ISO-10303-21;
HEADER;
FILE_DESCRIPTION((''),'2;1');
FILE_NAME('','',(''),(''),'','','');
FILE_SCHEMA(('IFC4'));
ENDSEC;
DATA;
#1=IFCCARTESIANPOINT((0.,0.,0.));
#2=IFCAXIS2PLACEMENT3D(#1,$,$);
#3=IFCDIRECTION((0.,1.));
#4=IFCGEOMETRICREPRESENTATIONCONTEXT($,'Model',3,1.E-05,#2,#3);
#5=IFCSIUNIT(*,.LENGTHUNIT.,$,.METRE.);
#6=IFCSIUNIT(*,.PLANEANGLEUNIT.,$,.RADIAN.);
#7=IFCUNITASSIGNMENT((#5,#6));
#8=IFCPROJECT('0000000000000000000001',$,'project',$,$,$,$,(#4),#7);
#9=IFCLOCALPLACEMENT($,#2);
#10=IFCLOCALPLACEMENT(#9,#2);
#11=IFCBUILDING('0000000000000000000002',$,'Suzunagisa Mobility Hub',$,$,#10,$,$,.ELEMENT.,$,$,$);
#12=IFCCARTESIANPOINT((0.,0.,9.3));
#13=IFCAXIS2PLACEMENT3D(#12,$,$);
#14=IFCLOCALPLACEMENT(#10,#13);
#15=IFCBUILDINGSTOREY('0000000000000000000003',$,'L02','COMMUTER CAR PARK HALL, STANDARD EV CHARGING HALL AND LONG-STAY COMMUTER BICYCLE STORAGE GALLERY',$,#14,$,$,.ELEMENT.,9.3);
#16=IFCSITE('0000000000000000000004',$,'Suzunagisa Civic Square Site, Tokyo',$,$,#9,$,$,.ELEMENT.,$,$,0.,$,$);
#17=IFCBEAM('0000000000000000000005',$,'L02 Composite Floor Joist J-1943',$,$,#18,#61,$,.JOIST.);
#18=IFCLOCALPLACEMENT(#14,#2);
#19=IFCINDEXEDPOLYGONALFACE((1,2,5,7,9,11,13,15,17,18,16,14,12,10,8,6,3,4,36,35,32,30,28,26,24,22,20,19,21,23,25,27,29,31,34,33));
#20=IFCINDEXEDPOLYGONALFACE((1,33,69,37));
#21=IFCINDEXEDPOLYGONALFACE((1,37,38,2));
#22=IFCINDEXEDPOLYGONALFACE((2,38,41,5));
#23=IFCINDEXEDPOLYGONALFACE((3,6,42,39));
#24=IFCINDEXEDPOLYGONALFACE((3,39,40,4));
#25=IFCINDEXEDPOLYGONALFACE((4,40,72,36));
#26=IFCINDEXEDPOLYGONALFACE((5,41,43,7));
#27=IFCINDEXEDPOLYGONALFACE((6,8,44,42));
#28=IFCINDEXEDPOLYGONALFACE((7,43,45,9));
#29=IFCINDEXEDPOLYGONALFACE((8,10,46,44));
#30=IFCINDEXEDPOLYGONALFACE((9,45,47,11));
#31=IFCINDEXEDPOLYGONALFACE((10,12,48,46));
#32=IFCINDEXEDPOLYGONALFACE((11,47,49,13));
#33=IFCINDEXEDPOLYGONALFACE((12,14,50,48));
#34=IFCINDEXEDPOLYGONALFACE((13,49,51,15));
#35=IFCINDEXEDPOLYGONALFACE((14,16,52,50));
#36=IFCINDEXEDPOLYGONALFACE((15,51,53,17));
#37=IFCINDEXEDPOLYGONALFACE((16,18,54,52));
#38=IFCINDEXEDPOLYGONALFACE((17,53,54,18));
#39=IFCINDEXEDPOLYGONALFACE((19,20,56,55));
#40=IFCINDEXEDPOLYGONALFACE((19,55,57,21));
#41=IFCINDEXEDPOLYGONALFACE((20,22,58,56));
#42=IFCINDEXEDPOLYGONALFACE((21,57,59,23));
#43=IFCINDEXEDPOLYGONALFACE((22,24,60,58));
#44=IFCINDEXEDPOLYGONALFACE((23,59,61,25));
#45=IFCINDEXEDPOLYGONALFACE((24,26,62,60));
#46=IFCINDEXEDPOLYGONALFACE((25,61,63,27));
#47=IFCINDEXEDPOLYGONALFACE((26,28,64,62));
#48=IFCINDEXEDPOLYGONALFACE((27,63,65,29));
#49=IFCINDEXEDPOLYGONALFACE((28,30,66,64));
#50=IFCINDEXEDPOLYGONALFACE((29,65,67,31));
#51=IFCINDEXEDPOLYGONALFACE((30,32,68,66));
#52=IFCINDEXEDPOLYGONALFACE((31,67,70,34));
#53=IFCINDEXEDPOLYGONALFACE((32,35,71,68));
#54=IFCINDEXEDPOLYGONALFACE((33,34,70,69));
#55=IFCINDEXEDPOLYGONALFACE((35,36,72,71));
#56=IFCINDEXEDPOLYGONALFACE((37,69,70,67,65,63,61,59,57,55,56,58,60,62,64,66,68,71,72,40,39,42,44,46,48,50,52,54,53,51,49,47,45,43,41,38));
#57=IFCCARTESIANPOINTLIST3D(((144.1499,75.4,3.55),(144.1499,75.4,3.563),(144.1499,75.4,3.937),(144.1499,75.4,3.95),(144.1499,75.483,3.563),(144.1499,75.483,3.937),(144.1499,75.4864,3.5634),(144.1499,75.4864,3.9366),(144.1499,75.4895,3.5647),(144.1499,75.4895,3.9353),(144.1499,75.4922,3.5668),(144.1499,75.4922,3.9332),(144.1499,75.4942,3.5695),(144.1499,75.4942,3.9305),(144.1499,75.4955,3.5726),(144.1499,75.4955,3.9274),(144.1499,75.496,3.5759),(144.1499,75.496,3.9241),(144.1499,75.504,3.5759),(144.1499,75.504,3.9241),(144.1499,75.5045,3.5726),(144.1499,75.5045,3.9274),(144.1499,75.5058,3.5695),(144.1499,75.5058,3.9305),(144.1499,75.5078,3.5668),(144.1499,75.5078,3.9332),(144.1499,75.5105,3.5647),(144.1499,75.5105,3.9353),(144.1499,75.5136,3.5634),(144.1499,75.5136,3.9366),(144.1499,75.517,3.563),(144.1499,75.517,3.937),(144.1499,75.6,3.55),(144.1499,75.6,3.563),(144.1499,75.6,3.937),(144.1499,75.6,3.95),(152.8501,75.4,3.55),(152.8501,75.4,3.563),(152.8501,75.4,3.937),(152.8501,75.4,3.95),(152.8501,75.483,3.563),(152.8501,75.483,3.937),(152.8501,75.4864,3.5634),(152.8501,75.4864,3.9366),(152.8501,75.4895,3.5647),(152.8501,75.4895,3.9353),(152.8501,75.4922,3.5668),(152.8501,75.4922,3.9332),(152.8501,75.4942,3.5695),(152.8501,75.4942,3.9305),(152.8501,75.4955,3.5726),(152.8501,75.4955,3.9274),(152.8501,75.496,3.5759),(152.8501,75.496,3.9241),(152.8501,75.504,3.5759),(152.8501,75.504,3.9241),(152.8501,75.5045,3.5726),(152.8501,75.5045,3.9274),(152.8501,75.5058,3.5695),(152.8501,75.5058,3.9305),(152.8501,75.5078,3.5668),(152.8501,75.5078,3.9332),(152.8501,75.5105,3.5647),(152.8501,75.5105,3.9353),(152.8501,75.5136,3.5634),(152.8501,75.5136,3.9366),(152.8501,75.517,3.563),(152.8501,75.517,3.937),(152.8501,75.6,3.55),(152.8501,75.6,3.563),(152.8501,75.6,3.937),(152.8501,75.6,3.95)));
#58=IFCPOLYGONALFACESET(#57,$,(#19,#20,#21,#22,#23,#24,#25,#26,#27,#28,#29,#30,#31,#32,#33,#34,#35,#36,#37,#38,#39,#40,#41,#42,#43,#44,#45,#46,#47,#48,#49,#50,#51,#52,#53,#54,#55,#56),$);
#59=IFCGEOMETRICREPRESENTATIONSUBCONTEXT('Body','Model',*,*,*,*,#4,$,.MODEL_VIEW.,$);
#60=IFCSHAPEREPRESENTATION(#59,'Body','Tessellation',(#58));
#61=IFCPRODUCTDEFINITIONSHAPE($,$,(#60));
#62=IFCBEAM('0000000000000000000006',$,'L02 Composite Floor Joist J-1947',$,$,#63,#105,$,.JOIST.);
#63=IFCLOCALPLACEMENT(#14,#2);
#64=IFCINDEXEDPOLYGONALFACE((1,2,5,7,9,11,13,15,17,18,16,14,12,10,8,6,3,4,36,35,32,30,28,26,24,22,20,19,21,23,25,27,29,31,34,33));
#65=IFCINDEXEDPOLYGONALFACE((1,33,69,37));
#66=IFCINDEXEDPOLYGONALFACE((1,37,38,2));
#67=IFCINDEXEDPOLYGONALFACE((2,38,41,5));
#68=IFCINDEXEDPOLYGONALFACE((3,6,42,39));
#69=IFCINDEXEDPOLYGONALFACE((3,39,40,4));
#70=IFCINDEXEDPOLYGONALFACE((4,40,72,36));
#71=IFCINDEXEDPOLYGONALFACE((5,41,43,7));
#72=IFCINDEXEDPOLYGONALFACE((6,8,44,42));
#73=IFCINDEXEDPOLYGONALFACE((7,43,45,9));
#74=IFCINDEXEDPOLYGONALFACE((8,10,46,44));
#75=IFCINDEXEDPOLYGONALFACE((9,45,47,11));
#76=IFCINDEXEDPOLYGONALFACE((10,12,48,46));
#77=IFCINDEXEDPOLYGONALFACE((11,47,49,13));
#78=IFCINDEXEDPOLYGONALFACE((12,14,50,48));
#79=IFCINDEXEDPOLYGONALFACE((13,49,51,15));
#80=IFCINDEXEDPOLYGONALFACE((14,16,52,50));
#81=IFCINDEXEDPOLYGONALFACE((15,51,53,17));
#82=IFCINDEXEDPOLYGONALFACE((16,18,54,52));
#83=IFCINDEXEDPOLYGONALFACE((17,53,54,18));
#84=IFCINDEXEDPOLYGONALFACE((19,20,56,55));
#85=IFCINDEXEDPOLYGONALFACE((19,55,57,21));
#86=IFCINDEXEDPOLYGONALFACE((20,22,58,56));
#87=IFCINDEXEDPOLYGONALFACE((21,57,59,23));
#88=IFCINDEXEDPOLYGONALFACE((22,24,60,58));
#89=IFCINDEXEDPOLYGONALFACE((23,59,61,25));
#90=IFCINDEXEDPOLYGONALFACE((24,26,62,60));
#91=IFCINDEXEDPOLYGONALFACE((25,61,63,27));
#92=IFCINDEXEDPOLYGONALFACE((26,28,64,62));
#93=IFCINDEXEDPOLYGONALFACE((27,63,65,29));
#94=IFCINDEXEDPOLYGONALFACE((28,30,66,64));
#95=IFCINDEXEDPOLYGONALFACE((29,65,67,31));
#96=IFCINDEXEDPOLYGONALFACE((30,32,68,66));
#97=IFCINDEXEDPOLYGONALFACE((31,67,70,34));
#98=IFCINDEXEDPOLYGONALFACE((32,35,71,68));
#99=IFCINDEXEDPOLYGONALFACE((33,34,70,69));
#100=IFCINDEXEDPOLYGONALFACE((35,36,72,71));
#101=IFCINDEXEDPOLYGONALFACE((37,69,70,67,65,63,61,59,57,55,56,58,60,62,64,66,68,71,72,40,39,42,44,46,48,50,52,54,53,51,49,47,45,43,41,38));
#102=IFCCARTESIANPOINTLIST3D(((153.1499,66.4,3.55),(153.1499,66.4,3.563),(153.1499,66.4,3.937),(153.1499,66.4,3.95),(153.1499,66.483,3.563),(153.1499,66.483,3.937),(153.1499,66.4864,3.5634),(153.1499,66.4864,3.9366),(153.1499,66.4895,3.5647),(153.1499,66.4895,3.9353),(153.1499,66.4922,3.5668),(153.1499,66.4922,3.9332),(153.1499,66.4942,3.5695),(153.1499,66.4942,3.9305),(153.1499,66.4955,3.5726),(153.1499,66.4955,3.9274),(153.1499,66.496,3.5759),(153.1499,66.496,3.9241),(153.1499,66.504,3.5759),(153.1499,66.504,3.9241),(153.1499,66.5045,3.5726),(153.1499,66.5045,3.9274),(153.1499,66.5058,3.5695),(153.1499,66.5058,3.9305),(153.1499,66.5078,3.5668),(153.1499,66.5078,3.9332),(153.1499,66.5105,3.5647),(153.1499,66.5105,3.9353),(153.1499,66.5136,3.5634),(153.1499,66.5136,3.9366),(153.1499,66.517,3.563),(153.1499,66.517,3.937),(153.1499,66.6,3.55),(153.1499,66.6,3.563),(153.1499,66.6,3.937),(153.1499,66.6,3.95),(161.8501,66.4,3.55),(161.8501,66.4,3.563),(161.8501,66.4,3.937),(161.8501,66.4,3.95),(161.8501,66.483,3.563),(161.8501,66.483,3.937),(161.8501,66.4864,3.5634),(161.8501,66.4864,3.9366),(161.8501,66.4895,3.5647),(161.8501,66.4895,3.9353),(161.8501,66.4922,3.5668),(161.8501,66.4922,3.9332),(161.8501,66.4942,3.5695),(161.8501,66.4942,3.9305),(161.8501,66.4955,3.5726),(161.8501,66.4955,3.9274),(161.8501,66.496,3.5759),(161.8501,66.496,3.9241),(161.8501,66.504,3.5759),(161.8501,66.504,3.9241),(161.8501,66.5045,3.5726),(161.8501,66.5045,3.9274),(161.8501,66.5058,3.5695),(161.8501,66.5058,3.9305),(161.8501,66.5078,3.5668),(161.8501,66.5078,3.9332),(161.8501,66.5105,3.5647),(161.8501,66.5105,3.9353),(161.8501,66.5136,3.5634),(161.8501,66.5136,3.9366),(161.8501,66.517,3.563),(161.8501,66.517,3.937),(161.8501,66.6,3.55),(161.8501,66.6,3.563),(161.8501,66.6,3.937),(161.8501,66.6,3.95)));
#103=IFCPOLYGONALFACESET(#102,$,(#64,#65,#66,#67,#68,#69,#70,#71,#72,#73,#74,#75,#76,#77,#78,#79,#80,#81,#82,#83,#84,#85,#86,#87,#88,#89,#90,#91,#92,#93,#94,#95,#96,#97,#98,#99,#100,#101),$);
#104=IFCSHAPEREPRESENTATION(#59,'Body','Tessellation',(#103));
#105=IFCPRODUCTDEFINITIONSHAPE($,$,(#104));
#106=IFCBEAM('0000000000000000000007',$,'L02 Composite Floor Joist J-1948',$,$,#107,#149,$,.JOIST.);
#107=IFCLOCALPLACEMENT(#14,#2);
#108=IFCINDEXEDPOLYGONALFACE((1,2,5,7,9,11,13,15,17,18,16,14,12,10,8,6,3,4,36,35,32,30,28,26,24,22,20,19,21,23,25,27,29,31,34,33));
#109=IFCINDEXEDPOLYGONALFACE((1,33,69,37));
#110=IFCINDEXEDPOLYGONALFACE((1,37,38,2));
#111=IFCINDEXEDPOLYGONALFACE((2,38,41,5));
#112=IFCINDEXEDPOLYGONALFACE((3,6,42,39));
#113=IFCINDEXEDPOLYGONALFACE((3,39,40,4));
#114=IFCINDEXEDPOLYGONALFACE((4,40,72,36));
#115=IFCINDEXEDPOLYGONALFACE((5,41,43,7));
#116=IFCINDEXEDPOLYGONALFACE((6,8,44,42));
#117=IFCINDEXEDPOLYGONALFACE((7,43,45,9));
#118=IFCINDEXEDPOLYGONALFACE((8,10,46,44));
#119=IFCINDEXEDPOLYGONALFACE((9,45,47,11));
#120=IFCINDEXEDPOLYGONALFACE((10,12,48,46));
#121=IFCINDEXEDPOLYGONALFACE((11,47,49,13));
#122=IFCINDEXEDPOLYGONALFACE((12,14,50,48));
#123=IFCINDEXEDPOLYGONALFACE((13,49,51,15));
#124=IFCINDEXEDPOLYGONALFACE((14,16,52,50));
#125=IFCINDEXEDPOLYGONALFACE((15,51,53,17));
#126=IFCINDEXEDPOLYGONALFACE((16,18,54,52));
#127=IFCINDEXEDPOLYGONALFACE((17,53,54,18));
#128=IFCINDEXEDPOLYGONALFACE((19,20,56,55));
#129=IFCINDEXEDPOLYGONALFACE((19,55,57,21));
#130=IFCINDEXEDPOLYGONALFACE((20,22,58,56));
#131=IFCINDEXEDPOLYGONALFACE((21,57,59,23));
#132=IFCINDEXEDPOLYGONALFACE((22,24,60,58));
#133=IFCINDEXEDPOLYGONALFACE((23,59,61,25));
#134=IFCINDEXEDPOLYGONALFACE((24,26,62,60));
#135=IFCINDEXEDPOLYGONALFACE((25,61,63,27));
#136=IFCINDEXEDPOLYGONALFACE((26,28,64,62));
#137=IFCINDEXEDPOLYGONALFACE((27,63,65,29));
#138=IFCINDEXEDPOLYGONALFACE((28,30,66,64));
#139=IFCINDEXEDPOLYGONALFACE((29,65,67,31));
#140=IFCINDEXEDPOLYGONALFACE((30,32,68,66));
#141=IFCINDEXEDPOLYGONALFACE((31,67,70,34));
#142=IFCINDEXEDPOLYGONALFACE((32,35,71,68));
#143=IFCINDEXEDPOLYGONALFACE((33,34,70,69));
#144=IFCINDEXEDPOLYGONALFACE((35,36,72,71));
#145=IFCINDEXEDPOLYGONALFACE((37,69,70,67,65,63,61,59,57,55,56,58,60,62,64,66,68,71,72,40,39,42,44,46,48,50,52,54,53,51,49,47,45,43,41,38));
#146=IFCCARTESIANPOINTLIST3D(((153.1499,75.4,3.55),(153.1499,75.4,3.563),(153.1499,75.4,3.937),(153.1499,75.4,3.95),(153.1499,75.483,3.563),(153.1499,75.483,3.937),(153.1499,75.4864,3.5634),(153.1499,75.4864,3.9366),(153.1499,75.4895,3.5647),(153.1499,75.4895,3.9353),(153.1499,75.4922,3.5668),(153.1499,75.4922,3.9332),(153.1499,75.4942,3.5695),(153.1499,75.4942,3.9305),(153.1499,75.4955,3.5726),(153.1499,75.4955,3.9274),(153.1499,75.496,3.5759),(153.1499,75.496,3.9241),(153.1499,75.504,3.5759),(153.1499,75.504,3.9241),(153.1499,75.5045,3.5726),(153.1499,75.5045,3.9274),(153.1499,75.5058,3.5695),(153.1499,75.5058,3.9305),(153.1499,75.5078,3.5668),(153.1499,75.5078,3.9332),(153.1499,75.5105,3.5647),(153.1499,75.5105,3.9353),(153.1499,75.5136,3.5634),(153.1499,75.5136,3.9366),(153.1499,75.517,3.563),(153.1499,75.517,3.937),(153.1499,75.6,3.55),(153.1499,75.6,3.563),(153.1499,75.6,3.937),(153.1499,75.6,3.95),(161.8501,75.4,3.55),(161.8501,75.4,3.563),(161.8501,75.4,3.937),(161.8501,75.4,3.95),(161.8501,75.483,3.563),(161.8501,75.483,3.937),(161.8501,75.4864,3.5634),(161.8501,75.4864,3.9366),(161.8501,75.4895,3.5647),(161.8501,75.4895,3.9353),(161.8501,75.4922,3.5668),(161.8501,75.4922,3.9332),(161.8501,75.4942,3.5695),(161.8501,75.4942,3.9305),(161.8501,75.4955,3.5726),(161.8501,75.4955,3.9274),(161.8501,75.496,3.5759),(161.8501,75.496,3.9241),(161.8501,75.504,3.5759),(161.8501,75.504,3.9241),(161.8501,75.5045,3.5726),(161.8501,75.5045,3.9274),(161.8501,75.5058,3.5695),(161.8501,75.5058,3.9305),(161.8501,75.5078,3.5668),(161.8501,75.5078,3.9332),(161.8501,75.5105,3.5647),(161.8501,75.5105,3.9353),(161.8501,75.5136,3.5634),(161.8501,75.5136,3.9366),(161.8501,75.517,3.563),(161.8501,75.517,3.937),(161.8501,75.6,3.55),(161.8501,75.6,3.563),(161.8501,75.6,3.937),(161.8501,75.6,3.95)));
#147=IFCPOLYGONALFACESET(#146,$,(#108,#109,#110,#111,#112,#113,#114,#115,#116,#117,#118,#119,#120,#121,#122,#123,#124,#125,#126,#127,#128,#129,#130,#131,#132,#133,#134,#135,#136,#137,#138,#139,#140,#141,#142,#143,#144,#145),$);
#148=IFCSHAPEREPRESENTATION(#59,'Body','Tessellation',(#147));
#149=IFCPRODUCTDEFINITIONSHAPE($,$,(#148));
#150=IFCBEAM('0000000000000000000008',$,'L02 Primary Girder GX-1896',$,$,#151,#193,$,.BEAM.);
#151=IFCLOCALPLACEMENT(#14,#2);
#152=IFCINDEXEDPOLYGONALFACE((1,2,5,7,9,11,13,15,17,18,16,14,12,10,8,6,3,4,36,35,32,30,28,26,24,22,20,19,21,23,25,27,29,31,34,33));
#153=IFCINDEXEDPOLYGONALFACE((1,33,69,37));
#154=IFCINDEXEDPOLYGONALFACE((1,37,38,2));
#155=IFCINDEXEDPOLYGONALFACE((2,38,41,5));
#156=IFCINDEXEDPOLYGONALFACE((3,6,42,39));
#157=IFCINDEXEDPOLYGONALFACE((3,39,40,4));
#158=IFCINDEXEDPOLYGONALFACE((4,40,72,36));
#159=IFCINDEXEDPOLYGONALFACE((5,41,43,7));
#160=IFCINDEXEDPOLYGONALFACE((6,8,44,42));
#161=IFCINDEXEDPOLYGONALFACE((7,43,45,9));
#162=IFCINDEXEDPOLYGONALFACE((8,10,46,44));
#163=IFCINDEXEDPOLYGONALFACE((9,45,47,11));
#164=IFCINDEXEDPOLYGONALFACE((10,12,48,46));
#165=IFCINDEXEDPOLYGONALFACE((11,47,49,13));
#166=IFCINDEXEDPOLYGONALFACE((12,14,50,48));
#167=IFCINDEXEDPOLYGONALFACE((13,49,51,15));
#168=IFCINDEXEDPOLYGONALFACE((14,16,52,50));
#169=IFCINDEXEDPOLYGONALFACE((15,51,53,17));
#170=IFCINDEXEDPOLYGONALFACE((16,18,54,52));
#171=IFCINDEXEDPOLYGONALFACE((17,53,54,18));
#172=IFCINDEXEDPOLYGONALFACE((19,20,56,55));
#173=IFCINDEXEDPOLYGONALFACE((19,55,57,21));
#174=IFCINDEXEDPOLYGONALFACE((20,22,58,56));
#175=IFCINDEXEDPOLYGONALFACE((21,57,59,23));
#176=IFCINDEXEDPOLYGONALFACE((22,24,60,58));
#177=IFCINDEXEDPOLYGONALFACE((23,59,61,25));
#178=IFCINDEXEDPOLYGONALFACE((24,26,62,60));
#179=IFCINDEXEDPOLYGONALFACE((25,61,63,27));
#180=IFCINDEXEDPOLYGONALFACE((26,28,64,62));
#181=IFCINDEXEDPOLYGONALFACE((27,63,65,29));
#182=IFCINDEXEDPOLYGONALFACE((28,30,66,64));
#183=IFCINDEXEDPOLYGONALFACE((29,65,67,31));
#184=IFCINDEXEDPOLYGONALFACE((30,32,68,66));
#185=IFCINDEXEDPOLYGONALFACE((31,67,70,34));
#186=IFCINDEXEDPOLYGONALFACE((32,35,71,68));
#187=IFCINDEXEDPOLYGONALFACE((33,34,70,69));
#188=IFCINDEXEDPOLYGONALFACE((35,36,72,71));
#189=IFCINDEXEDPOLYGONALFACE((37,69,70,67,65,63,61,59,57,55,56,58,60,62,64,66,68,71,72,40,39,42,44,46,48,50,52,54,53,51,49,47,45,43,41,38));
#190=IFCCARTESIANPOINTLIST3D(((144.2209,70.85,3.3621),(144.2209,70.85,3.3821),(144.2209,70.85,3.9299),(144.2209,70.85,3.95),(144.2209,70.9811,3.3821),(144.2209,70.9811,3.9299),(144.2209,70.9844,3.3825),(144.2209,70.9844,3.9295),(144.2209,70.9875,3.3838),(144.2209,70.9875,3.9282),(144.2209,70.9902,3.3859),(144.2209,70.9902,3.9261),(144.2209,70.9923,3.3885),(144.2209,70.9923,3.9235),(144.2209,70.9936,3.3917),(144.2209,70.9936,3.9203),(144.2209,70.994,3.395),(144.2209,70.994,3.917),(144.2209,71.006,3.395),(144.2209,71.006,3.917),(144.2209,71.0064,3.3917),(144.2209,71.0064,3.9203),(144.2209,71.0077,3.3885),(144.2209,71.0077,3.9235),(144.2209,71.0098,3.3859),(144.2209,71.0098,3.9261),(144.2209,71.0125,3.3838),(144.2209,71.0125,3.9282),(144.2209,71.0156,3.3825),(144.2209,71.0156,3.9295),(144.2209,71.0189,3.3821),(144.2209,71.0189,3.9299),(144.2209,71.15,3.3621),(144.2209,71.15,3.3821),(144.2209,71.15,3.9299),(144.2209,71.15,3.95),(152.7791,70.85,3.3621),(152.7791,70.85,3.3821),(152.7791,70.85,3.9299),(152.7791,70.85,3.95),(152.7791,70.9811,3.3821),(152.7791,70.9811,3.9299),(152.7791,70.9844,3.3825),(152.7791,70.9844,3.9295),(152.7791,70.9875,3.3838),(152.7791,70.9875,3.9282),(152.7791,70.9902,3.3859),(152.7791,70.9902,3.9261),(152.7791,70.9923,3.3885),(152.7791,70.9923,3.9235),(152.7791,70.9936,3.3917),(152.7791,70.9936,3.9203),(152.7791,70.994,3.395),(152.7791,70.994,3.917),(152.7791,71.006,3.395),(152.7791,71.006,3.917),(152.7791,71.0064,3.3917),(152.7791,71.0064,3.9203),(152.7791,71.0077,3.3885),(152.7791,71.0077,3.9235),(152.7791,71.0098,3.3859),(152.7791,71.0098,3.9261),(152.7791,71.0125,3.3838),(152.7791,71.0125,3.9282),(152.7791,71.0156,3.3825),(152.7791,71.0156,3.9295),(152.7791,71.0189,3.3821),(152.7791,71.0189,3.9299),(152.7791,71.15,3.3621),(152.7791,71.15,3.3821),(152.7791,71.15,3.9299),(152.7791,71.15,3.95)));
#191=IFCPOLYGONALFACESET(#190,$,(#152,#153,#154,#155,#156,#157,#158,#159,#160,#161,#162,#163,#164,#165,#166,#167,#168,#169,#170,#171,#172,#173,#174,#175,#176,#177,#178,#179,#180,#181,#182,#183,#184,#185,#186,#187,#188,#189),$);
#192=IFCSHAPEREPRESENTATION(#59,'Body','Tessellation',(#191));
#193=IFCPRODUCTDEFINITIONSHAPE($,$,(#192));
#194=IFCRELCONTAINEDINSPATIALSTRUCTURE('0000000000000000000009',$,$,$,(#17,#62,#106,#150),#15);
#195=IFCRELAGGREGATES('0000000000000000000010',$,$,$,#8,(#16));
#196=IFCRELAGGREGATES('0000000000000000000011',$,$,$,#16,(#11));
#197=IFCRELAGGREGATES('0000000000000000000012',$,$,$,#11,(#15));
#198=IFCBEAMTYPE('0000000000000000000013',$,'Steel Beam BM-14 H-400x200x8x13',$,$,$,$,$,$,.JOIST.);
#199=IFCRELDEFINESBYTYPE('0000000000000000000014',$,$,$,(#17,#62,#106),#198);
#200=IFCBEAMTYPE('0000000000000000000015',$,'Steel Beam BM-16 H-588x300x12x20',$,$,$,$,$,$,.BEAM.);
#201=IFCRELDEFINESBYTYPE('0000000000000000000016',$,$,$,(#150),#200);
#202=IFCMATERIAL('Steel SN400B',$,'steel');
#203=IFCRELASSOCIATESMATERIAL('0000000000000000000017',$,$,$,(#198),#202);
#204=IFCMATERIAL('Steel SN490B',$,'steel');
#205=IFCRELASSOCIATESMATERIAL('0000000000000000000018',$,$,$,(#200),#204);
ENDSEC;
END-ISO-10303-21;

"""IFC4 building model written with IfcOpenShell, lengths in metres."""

from ifc_helpers import new_model, si_unit, direction, frame, origin, origin_2d, place, context, subcontext, project, spatial, i_section, extrude, material, material_profile, profile_set, type_object, element, save


model = new_model("IFC4")

# Units and contexts
model_context = context("Model", 3, precision=1e-05, world=origin(), true_north=direction((0.0, 1.0)))
body_context = subcontext(model_context, "Body", "Model", "MODEL_VIEW")
ifc_project = project(units=[si_unit("LENGTHUNIT", "METRE"), si_unit("PLANEANGLEUNIT", "RADIAN")], contexts=[model_context])

# Site, building, storey
site_placement = place(None, origin())
site = spatial("IfcSite", under=ifc_project, at=site_placement, Name="Suzunagisa Civic Square Site, Tokyo", CompositionType="ELEMENT", RefElevation=0.0)
building_placement = place(site_placement, origin())
building = spatial("IfcBuilding", under=site, at=building_placement, Name="Suzunagisa Mobility Hub", CompositionType="ELEMENT")
storey_placement = place(building_placement, frame((0.0, 0.0, 9.3)))
storey = spatial("IfcBuildingStorey", under=building, at=storey_placement, Name="L02", Description="COMMUTER CAR PARK HALL, STANDARD EV CHARGING HALL AND LONG-STAY COMMUTER BICYCLE STORAGE GALLERY", CompositionType="ELEMENT", Elevation=9.3)

# Shared definitions
ifc_material_1 = material(Name="Steel SN490B", Category="steel")

# Beams
ifc_material_2 = material(Name="Steel SN400B", Category="steel")
ifc_material_profile_1 = material_profile(ifc_material_2, i_section(OverallWidth=0.2, OverallDepth=0.3999, WebThickness=0.0081, FlangeThickness=0.0129, FilletRadius=0.0129, at=origin_2d()), Name="H-400x200x8x13")
ifc_profile_set_1 = profile_set([ifc_material_profile_1], Name="Steel SN400B")
beam_type_1 = type_object("IfcBeamType", Name="Steel Beam BM-14 H-400x200x8x13", PredefinedType="JOIST", material=ifc_profile_set_1)
for number, where, z_axis, x_axis, name in (
    (1, (144.1499, 75.5, 3.75), (1.0, 0.0, 0.0), (0.0, 1.0, 0.0), "L02 Composite Floor Joist J-1943"),
    (2, (153.1499, 66.5, 3.75), (1.0, 0.0, 0.0), (0.0, 1.0, 0.0), "L02 Composite Floor Joist J-1947"),
    (3, (153.1499, 75.5, 3.75), (1.0, 0.0, 0.0), (0.0, 1.0, 0.0), "L02 Composite Floor Joist J-1948"),
):
    element("IfcBeam", number, at=place(storey_placement, frame(where, z_axis=z_axis, x_axis=x_axis)), inside=storey, type_object=beam_type_1, Name=name, PredefinedType="JOIST", context=body_context, shape_type="SweptSolid", body=[
        extrude(i_section(OverallWidth=0.2, OverallDepth=0.3999, WebThickness=0.0081, FlangeThickness=0.0129, FilletRadius=0.0129, at=origin_2d()), origin(), (0.0, 0.0, 1.0), 8.7002),
    ])
ifc_material_profile_2 = material_profile(ifc_material_1, i_section(OverallWidth=0.3, OverallDepth=0.5879, WebThickness=0.012, FlangeThickness=0.02, FilletRadius=0.0129, at=origin_2d()), Name="H-588x300x12x20")
ifc_profile_set_2 = profile_set([ifc_material_profile_2], Name="Steel SN490B")
beam_type_2 = type_object("IfcBeamType", Name="Steel Beam BM-16 H-588x300x12x20", PredefinedType="BEAM", material=ifc_profile_set_2)
for number, where, z_axis, x_axis, name in (
    (4, (144.2209, 71.0, 3.656), (1.0, 0.0, 0.0), (0.0, 1.0, 0.0), "L02 Primary Girder GX-1896"),
):
    element("IfcBeam", number, at=place(storey_placement, frame(where, z_axis=z_axis, x_axis=x_axis)), inside=storey, type_object=beam_type_2, Name=name, PredefinedType="BEAM", context=body_context, shape_type="SweptSolid", body=[
        extrude(i_section(OverallWidth=0.3, OverallDepth=0.5879, WebThickness=0.012, FlangeThickness=0.02, FilletRadius=0.0129, at=origin_2d()), origin(), (0.0, 0.0, 1.0), 8.5581),
    ])

save(model, "model.ifc")
